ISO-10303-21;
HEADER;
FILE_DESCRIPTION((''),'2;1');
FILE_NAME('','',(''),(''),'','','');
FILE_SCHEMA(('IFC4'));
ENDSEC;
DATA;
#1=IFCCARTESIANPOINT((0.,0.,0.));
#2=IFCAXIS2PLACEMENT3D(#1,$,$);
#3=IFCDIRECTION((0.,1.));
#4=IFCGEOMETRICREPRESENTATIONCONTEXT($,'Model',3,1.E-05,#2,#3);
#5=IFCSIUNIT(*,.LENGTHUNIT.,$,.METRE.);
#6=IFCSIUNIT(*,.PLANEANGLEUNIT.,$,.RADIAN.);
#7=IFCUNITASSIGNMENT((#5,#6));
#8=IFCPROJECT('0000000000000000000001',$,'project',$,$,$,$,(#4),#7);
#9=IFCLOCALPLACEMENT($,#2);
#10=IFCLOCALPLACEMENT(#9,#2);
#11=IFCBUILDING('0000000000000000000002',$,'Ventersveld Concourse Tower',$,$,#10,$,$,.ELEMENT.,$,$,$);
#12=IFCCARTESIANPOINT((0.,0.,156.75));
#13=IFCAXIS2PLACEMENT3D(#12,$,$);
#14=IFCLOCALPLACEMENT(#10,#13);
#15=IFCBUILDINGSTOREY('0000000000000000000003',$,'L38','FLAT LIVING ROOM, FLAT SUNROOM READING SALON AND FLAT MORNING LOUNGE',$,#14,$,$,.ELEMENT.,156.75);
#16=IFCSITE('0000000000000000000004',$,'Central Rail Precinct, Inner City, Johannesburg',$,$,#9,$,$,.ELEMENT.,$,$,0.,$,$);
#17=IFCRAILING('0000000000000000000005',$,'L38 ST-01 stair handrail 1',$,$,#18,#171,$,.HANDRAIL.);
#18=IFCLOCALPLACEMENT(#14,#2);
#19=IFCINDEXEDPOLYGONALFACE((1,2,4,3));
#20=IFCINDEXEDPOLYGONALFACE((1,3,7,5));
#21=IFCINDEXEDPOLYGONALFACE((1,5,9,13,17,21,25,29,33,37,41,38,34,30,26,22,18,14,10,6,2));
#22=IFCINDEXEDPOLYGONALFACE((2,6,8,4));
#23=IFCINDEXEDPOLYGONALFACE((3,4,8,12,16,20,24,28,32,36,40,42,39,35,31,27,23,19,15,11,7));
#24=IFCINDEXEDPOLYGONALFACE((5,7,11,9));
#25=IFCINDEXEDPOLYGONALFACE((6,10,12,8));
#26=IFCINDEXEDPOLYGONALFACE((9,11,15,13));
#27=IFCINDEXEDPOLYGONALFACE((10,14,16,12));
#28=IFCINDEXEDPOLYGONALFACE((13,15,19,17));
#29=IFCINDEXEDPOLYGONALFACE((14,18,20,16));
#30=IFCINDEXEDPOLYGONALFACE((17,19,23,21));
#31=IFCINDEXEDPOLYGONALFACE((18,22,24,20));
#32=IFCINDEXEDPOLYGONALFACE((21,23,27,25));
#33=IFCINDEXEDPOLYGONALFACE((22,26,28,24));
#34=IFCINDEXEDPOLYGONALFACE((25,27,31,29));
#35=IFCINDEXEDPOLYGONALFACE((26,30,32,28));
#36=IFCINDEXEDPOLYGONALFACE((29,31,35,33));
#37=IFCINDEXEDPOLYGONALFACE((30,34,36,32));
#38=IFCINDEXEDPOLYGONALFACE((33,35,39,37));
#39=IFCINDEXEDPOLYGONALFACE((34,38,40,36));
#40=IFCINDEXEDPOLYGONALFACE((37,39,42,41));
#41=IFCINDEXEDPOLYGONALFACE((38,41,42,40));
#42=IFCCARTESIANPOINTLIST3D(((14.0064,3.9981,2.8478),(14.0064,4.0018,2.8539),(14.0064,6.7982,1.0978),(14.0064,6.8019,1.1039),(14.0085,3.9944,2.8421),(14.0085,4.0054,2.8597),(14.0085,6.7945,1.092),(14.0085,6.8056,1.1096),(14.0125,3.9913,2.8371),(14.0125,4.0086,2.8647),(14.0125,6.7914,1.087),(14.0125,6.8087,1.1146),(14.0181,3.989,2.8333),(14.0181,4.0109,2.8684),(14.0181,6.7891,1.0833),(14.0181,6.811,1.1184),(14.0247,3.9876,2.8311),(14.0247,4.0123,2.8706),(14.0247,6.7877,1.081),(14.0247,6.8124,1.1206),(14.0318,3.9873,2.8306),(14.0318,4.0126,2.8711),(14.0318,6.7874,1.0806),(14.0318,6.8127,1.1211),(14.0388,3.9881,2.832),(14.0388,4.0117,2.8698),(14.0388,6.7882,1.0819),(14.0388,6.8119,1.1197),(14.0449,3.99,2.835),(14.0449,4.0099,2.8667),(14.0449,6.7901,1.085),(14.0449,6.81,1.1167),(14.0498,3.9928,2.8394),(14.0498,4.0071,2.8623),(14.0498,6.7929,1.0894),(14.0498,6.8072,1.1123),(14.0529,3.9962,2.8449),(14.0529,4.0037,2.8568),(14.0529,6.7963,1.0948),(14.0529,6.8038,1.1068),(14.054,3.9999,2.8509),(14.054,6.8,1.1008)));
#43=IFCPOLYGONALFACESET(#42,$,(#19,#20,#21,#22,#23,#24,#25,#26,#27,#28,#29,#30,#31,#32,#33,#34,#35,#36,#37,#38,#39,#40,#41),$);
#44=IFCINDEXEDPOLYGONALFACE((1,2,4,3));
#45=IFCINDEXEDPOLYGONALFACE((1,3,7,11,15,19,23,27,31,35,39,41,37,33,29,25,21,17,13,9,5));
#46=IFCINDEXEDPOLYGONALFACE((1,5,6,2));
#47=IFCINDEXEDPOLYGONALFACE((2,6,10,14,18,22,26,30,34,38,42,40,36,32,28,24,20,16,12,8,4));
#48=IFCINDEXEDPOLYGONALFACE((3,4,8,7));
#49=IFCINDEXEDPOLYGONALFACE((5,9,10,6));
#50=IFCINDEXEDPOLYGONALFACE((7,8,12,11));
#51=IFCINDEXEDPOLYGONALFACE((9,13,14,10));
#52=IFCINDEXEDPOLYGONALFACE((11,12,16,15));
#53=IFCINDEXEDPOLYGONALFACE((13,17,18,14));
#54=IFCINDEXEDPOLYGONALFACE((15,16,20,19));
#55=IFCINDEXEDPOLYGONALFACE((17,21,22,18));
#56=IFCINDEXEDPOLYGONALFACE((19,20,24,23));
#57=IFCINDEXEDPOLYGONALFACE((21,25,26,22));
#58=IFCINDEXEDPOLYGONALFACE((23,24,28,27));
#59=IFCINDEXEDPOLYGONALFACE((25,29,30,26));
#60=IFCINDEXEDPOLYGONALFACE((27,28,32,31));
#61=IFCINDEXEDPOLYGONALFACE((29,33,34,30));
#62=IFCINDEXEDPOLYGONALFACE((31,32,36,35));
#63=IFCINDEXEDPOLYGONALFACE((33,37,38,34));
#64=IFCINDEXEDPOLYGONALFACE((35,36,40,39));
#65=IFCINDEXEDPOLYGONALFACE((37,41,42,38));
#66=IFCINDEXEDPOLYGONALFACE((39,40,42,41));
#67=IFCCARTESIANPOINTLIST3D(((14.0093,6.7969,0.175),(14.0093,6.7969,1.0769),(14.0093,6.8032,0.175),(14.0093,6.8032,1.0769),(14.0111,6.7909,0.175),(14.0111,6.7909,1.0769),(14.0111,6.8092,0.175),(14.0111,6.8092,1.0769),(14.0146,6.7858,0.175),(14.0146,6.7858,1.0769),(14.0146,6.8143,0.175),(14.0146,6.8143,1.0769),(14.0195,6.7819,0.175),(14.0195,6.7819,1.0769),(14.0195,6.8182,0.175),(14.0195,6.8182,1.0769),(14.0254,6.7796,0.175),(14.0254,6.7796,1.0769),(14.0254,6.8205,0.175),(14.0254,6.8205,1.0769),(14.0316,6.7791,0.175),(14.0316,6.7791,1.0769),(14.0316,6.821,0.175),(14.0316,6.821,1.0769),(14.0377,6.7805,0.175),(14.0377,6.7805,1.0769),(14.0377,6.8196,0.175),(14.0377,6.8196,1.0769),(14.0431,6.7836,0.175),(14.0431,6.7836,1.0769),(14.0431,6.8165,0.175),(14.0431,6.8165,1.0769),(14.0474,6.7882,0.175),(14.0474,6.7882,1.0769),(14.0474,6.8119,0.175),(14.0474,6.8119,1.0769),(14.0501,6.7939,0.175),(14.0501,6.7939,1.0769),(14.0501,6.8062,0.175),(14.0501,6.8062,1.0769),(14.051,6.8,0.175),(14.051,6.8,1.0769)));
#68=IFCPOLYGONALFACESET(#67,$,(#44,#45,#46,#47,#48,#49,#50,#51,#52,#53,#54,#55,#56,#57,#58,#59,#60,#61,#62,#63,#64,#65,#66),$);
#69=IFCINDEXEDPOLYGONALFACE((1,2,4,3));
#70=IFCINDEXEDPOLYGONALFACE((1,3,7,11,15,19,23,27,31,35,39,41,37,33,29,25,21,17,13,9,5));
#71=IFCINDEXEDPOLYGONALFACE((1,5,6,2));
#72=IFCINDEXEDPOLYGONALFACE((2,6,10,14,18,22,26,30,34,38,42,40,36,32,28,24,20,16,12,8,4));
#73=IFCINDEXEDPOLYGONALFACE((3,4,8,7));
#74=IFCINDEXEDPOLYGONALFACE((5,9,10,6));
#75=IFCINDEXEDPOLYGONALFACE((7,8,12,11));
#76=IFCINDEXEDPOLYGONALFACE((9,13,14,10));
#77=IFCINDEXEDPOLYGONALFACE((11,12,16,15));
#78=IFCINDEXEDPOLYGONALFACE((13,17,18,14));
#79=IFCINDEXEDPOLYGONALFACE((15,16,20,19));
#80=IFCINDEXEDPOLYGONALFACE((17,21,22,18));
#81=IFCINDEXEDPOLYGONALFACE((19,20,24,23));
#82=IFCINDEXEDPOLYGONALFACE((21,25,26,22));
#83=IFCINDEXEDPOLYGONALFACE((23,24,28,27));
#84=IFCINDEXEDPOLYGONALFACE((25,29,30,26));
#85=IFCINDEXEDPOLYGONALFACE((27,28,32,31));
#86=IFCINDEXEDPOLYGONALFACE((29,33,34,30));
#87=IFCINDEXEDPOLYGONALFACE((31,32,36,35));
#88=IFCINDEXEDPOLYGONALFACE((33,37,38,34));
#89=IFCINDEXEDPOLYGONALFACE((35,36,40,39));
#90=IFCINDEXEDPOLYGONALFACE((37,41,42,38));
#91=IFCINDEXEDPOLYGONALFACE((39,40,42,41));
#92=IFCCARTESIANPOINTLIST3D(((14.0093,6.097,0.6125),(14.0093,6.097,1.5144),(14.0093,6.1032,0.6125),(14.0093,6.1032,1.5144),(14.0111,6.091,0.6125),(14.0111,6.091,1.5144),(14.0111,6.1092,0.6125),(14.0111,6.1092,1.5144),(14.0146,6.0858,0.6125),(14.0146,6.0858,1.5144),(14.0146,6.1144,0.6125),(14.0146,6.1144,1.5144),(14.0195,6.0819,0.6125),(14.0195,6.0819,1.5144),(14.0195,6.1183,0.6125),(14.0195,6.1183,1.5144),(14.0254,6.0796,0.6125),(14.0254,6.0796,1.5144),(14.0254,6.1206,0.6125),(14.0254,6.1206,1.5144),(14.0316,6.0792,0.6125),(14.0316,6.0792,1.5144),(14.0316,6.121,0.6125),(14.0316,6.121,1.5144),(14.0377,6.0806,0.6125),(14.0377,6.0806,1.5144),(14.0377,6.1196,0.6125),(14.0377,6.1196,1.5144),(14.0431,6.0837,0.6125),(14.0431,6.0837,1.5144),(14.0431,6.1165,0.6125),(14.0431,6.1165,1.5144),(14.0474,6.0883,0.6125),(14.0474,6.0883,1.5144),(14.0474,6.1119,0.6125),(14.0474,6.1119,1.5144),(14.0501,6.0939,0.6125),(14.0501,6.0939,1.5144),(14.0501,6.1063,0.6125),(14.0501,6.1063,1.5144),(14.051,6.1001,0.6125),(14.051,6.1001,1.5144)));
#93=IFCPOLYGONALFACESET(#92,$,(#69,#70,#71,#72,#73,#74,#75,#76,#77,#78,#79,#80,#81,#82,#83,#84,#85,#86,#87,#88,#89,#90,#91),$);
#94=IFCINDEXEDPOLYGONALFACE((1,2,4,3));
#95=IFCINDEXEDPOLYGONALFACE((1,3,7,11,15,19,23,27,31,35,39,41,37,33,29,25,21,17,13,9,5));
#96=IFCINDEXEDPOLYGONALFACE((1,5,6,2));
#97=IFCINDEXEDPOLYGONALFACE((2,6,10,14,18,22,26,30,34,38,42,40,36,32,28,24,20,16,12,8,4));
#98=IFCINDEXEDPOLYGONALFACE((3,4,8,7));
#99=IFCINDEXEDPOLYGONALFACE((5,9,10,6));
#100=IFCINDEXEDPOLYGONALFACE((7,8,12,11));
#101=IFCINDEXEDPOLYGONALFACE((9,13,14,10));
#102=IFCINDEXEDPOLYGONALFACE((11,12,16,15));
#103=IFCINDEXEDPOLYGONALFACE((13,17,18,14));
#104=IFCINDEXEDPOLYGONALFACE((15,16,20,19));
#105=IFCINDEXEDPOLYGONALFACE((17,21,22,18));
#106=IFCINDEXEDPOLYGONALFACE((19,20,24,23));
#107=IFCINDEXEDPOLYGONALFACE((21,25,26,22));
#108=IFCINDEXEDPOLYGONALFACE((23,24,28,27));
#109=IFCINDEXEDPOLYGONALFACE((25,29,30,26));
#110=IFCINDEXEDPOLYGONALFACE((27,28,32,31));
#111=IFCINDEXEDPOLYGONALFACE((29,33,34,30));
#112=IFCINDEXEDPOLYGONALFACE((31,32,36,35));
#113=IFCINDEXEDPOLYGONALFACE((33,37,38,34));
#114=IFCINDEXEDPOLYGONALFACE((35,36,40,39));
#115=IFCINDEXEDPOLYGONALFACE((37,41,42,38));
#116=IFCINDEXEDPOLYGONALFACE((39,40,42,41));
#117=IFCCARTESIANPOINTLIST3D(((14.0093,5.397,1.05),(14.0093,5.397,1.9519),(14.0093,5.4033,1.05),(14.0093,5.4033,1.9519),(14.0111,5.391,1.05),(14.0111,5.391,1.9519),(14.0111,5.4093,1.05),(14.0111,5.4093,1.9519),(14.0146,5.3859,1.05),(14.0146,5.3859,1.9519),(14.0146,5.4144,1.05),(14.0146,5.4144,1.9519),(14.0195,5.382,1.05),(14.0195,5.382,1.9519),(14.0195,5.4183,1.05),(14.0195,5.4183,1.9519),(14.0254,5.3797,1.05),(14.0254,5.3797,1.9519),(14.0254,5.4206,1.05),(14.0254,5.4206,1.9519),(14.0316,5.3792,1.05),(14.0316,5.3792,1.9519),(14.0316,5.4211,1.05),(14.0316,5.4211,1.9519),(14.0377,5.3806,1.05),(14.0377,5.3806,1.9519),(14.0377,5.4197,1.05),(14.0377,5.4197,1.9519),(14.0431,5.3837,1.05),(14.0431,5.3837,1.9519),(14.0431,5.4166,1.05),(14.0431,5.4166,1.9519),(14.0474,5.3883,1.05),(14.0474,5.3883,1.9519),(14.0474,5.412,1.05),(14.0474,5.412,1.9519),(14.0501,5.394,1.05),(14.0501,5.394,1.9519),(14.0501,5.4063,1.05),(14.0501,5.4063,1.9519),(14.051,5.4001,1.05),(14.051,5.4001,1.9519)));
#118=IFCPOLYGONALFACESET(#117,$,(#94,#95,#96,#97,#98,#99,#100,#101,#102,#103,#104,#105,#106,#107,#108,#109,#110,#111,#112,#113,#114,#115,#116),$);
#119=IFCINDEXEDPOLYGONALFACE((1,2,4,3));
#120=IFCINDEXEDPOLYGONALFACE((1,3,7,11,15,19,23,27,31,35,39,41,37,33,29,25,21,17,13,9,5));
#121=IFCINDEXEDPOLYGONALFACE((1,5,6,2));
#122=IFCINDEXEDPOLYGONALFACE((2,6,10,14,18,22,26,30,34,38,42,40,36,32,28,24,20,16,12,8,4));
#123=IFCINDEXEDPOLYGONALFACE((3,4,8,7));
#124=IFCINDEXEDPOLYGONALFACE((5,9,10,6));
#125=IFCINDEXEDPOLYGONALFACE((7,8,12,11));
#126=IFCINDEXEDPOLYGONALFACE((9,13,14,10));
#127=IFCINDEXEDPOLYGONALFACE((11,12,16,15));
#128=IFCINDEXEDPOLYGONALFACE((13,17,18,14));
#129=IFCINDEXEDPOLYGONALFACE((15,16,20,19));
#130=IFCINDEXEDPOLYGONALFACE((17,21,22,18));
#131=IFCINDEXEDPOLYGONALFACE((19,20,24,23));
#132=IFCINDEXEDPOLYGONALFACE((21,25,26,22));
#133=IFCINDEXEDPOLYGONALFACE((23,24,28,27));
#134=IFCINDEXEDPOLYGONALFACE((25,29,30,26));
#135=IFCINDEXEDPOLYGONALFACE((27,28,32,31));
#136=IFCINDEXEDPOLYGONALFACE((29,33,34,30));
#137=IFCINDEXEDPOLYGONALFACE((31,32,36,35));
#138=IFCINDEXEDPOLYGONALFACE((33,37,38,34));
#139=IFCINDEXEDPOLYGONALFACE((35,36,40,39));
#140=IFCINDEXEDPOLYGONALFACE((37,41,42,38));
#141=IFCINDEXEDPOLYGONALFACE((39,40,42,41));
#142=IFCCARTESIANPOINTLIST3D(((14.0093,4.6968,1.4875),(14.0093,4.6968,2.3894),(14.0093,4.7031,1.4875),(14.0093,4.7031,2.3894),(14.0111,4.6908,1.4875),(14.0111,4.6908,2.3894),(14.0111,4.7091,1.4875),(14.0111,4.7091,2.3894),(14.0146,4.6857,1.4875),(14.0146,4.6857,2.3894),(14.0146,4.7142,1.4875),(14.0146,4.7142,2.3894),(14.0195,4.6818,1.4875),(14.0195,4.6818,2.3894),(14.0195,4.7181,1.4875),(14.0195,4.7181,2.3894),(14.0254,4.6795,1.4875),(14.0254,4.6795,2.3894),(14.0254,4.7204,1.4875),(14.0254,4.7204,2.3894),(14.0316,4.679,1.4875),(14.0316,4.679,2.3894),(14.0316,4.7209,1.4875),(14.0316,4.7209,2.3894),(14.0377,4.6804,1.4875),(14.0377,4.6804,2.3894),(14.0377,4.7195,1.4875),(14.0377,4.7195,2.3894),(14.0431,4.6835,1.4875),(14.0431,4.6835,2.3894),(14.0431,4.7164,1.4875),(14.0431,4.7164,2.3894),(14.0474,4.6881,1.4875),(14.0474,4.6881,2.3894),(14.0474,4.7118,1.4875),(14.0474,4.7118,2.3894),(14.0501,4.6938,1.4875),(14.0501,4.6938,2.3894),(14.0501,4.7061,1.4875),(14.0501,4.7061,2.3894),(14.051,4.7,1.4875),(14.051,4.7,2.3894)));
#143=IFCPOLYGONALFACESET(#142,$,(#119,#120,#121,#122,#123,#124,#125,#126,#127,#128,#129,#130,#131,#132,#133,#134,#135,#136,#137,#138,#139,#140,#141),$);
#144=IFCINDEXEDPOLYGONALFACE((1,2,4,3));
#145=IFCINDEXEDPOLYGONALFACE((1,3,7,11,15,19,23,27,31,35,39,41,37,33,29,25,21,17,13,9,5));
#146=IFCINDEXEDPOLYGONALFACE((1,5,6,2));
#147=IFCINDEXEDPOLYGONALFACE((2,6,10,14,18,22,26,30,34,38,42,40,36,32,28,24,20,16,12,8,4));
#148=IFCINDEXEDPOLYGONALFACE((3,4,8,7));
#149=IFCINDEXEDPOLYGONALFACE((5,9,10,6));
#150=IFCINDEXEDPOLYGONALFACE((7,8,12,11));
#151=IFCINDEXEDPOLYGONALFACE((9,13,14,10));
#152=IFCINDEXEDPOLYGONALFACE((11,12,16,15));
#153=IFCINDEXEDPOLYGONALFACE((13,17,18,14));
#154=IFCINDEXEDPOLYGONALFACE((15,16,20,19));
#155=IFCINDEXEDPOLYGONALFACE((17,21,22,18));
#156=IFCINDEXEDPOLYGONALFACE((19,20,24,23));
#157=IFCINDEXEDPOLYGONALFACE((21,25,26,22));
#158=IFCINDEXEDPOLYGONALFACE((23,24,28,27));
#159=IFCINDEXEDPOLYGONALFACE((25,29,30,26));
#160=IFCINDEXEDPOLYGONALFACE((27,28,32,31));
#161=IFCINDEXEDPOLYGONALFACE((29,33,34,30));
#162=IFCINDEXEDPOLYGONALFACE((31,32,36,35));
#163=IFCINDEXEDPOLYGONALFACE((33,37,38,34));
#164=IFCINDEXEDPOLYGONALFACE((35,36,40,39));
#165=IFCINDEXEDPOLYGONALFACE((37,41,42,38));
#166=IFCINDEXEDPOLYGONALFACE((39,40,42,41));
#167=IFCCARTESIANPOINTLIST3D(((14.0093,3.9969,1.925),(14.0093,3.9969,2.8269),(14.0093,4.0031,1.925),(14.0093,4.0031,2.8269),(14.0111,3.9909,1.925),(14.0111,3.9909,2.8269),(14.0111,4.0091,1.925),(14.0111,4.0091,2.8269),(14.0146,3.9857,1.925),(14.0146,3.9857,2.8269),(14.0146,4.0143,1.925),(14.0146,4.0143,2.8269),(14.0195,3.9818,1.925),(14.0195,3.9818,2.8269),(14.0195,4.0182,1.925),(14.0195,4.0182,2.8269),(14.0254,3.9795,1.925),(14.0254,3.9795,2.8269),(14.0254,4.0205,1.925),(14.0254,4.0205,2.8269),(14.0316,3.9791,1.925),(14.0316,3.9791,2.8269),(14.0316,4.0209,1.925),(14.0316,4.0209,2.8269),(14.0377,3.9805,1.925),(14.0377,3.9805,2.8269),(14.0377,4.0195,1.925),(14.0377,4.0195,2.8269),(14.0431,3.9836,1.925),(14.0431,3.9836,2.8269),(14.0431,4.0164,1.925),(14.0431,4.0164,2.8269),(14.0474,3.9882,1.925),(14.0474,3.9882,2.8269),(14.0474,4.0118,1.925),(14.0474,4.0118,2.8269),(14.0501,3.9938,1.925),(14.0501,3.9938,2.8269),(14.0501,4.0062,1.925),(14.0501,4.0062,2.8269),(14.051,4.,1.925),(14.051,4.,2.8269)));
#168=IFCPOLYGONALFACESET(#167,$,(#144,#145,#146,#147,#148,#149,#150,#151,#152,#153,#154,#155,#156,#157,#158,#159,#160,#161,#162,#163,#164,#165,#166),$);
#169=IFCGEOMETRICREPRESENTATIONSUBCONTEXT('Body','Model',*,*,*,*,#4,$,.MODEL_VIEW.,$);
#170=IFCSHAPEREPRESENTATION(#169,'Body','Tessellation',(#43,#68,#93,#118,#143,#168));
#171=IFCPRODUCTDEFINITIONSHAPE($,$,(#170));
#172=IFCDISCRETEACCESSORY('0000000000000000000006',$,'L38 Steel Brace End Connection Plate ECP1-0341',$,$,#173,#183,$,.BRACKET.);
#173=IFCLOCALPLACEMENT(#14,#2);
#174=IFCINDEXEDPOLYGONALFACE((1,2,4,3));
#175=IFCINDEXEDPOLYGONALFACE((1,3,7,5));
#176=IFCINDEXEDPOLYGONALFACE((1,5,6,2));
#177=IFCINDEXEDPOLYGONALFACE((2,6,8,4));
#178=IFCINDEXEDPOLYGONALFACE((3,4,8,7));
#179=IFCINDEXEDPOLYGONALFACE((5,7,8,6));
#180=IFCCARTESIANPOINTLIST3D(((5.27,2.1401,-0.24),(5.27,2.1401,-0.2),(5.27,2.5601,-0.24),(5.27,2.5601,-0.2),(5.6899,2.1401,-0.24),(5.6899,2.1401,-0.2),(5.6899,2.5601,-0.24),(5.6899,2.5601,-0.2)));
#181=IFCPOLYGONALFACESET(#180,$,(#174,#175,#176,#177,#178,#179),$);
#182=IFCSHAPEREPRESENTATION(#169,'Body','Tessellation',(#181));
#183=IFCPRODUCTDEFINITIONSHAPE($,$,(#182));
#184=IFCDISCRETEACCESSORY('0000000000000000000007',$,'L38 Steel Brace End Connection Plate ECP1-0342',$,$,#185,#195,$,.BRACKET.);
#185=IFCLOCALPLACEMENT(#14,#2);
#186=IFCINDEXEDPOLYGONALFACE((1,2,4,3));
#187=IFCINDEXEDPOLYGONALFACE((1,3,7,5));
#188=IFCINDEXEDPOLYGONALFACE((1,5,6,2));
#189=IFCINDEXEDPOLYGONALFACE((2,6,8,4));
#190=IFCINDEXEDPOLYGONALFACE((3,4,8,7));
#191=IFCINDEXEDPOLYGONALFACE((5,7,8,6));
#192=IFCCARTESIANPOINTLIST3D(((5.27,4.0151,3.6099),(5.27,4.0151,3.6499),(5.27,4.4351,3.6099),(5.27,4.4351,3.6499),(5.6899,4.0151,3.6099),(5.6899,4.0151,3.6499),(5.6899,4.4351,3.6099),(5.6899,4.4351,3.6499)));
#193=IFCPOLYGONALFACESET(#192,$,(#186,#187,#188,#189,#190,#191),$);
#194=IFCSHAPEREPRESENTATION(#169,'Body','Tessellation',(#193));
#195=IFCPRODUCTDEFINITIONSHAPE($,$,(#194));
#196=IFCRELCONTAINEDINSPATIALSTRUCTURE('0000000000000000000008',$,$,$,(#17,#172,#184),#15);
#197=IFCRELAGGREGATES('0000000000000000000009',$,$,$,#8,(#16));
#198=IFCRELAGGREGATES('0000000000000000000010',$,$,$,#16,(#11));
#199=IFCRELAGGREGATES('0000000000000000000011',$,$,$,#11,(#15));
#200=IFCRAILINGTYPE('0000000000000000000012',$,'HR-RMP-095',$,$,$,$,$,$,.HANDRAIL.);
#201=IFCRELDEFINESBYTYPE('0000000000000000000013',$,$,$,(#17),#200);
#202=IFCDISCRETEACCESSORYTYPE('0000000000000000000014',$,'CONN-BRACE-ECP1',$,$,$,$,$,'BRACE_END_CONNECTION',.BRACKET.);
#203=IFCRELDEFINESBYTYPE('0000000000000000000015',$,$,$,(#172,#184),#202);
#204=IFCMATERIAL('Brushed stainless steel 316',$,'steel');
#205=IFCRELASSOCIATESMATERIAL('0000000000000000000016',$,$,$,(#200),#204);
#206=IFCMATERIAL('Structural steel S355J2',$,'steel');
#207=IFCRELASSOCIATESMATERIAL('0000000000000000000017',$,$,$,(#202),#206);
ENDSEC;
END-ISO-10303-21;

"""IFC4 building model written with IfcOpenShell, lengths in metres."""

from ifc_helpers import new_model, si_unit, direction, frame, origin, origin_2d, place, context, subcontext, project, spatial, rectangle, circle, extrude, material, type_object, element, save


model = new_model("IFC4")

# Units and contexts
model_context = context("Model", 3, precision=1e-05, world=origin(), true_north=direction((0.0, 1.0)))
body_context = subcontext(model_context, "Body", "Model", "MODEL_VIEW")
ifc_project = project(units=[si_unit("LENGTHUNIT", "METRE"), si_unit("PLANEANGLEUNIT", "RADIAN")], contexts=[model_context])

# Site, building, storey
site_placement = place(None, origin())
site = spatial("IfcSite", under=ifc_project, at=site_placement, Name="Central Rail Precinct, Inner City, Johannesburg", CompositionType="ELEMENT", RefElevation=0.0)
building_placement = place(site_placement, origin())
building = spatial("IfcBuilding", under=site, at=building_placement, Name="Ventersveld Concourse Tower", CompositionType="ELEMENT")
storey_placement = place(building_placement, frame((0.0, 0.0, 156.75)))
storey = spatial("IfcBuildingStorey", under=building, at=storey_placement, Name="L38", Description="FLAT LIVING ROOM, FLAT SUNROOM READING SALON AND FLAT MORNING LOUNGE", CompositionType="ELEMENT", Elevation=156.75)

# Shared definitions
ifc_material_1 = material(Name="Structural steel S355J2", Category="steel")

# Railing
ifc_material_2 = material(Name="Brushed stainless steel 316", Category="steel")
railing_type = type_object("IfcRailingType", Name="HR-RMP-095", PredefinedType="HANDRAIL", material=ifc_material_2)
railing_placement = place(storey_placement, frame((14.03, 6.8, 0.175)))
element("IfcRailing", 1, at=railing_placement, inside=storey, type_object=railing_type, Name="L38 ST-01 stair handrail 1", PredefinedType="HANDRAIL", context=body_context, shape_type="SweptSolid", body=[
    extrude(circle(Radius=0.0239, at=origin_2d()), frame((0.0, 0.0, 0.9258), z_axis=(0.0, -0.848002, 0.529992), x_axis=(1.0, 0.0, 0.0)), (0.0, 0.0, 1.0), 3.302),
    extrude(circle(Radius=0.021, at=origin_2d()), origin(), (0.0, 0.0, 1.0), 0.9019),
    extrude(circle(Radius=0.021, at=origin_2d()), frame((0.0, -0.7, 0.4375)), (0.0, 0.0, 1.0), 0.9019),
    extrude(circle(Radius=0.021, at=origin_2d()), frame((0.0, -1.3999, 0.875)), (0.0, 0.0, 1.0), 0.9019),
    extrude(circle(Radius=0.021, at=origin_2d()), frame((0.0, -2.1001, 1.3125)), (0.0, 0.0, 1.0), 0.9019),
    extrude(circle(Radius=0.021, at=origin_2d()), frame((0.0, -2.8, 1.75)), (0.0, 0.0, 1.0), 0.9019),
])

# Discrete accessories
discrete_accessory_type = type_object("IfcDiscreteAccessoryType", Name="CONN-BRACE-ECP1", ElementType="BRACE_END_CONNECTION", PredefinedType="BRACKET", material=ifc_material_1)
for number, where, z_axis, x_axis, name in (
    (2, (5.48, 2.3501, -0.24), (0.0, 0.0, 1.0), (1.0, 0.0, 0.0), "L38 Steel Brace End Connection Plate ECP1-0341"),
    (3, (5.48, 4.2251, 3.6099), (0.0, 0.0, 1.0), (1.0, 0.0, 0.0), "L38 Steel Brace End Connection Plate ECP1-0342"),
):
    element("IfcDiscreteAccessory", number, at=place(storey_placement, frame(where, z_axis=z_axis, x_axis=x_axis)), inside=storey, type_object=discrete_accessory_type, Name=name, PredefinedType="BRACKET", context=body_context, shape_type="SweptSolid", body=[
        extrude(rectangle(XDim=0.4199, YDim=0.4199, at=origin_2d()), origin(), (0.0, 0.0, 1.0), 0.04),
    ])

save(model, "model.ifc")
